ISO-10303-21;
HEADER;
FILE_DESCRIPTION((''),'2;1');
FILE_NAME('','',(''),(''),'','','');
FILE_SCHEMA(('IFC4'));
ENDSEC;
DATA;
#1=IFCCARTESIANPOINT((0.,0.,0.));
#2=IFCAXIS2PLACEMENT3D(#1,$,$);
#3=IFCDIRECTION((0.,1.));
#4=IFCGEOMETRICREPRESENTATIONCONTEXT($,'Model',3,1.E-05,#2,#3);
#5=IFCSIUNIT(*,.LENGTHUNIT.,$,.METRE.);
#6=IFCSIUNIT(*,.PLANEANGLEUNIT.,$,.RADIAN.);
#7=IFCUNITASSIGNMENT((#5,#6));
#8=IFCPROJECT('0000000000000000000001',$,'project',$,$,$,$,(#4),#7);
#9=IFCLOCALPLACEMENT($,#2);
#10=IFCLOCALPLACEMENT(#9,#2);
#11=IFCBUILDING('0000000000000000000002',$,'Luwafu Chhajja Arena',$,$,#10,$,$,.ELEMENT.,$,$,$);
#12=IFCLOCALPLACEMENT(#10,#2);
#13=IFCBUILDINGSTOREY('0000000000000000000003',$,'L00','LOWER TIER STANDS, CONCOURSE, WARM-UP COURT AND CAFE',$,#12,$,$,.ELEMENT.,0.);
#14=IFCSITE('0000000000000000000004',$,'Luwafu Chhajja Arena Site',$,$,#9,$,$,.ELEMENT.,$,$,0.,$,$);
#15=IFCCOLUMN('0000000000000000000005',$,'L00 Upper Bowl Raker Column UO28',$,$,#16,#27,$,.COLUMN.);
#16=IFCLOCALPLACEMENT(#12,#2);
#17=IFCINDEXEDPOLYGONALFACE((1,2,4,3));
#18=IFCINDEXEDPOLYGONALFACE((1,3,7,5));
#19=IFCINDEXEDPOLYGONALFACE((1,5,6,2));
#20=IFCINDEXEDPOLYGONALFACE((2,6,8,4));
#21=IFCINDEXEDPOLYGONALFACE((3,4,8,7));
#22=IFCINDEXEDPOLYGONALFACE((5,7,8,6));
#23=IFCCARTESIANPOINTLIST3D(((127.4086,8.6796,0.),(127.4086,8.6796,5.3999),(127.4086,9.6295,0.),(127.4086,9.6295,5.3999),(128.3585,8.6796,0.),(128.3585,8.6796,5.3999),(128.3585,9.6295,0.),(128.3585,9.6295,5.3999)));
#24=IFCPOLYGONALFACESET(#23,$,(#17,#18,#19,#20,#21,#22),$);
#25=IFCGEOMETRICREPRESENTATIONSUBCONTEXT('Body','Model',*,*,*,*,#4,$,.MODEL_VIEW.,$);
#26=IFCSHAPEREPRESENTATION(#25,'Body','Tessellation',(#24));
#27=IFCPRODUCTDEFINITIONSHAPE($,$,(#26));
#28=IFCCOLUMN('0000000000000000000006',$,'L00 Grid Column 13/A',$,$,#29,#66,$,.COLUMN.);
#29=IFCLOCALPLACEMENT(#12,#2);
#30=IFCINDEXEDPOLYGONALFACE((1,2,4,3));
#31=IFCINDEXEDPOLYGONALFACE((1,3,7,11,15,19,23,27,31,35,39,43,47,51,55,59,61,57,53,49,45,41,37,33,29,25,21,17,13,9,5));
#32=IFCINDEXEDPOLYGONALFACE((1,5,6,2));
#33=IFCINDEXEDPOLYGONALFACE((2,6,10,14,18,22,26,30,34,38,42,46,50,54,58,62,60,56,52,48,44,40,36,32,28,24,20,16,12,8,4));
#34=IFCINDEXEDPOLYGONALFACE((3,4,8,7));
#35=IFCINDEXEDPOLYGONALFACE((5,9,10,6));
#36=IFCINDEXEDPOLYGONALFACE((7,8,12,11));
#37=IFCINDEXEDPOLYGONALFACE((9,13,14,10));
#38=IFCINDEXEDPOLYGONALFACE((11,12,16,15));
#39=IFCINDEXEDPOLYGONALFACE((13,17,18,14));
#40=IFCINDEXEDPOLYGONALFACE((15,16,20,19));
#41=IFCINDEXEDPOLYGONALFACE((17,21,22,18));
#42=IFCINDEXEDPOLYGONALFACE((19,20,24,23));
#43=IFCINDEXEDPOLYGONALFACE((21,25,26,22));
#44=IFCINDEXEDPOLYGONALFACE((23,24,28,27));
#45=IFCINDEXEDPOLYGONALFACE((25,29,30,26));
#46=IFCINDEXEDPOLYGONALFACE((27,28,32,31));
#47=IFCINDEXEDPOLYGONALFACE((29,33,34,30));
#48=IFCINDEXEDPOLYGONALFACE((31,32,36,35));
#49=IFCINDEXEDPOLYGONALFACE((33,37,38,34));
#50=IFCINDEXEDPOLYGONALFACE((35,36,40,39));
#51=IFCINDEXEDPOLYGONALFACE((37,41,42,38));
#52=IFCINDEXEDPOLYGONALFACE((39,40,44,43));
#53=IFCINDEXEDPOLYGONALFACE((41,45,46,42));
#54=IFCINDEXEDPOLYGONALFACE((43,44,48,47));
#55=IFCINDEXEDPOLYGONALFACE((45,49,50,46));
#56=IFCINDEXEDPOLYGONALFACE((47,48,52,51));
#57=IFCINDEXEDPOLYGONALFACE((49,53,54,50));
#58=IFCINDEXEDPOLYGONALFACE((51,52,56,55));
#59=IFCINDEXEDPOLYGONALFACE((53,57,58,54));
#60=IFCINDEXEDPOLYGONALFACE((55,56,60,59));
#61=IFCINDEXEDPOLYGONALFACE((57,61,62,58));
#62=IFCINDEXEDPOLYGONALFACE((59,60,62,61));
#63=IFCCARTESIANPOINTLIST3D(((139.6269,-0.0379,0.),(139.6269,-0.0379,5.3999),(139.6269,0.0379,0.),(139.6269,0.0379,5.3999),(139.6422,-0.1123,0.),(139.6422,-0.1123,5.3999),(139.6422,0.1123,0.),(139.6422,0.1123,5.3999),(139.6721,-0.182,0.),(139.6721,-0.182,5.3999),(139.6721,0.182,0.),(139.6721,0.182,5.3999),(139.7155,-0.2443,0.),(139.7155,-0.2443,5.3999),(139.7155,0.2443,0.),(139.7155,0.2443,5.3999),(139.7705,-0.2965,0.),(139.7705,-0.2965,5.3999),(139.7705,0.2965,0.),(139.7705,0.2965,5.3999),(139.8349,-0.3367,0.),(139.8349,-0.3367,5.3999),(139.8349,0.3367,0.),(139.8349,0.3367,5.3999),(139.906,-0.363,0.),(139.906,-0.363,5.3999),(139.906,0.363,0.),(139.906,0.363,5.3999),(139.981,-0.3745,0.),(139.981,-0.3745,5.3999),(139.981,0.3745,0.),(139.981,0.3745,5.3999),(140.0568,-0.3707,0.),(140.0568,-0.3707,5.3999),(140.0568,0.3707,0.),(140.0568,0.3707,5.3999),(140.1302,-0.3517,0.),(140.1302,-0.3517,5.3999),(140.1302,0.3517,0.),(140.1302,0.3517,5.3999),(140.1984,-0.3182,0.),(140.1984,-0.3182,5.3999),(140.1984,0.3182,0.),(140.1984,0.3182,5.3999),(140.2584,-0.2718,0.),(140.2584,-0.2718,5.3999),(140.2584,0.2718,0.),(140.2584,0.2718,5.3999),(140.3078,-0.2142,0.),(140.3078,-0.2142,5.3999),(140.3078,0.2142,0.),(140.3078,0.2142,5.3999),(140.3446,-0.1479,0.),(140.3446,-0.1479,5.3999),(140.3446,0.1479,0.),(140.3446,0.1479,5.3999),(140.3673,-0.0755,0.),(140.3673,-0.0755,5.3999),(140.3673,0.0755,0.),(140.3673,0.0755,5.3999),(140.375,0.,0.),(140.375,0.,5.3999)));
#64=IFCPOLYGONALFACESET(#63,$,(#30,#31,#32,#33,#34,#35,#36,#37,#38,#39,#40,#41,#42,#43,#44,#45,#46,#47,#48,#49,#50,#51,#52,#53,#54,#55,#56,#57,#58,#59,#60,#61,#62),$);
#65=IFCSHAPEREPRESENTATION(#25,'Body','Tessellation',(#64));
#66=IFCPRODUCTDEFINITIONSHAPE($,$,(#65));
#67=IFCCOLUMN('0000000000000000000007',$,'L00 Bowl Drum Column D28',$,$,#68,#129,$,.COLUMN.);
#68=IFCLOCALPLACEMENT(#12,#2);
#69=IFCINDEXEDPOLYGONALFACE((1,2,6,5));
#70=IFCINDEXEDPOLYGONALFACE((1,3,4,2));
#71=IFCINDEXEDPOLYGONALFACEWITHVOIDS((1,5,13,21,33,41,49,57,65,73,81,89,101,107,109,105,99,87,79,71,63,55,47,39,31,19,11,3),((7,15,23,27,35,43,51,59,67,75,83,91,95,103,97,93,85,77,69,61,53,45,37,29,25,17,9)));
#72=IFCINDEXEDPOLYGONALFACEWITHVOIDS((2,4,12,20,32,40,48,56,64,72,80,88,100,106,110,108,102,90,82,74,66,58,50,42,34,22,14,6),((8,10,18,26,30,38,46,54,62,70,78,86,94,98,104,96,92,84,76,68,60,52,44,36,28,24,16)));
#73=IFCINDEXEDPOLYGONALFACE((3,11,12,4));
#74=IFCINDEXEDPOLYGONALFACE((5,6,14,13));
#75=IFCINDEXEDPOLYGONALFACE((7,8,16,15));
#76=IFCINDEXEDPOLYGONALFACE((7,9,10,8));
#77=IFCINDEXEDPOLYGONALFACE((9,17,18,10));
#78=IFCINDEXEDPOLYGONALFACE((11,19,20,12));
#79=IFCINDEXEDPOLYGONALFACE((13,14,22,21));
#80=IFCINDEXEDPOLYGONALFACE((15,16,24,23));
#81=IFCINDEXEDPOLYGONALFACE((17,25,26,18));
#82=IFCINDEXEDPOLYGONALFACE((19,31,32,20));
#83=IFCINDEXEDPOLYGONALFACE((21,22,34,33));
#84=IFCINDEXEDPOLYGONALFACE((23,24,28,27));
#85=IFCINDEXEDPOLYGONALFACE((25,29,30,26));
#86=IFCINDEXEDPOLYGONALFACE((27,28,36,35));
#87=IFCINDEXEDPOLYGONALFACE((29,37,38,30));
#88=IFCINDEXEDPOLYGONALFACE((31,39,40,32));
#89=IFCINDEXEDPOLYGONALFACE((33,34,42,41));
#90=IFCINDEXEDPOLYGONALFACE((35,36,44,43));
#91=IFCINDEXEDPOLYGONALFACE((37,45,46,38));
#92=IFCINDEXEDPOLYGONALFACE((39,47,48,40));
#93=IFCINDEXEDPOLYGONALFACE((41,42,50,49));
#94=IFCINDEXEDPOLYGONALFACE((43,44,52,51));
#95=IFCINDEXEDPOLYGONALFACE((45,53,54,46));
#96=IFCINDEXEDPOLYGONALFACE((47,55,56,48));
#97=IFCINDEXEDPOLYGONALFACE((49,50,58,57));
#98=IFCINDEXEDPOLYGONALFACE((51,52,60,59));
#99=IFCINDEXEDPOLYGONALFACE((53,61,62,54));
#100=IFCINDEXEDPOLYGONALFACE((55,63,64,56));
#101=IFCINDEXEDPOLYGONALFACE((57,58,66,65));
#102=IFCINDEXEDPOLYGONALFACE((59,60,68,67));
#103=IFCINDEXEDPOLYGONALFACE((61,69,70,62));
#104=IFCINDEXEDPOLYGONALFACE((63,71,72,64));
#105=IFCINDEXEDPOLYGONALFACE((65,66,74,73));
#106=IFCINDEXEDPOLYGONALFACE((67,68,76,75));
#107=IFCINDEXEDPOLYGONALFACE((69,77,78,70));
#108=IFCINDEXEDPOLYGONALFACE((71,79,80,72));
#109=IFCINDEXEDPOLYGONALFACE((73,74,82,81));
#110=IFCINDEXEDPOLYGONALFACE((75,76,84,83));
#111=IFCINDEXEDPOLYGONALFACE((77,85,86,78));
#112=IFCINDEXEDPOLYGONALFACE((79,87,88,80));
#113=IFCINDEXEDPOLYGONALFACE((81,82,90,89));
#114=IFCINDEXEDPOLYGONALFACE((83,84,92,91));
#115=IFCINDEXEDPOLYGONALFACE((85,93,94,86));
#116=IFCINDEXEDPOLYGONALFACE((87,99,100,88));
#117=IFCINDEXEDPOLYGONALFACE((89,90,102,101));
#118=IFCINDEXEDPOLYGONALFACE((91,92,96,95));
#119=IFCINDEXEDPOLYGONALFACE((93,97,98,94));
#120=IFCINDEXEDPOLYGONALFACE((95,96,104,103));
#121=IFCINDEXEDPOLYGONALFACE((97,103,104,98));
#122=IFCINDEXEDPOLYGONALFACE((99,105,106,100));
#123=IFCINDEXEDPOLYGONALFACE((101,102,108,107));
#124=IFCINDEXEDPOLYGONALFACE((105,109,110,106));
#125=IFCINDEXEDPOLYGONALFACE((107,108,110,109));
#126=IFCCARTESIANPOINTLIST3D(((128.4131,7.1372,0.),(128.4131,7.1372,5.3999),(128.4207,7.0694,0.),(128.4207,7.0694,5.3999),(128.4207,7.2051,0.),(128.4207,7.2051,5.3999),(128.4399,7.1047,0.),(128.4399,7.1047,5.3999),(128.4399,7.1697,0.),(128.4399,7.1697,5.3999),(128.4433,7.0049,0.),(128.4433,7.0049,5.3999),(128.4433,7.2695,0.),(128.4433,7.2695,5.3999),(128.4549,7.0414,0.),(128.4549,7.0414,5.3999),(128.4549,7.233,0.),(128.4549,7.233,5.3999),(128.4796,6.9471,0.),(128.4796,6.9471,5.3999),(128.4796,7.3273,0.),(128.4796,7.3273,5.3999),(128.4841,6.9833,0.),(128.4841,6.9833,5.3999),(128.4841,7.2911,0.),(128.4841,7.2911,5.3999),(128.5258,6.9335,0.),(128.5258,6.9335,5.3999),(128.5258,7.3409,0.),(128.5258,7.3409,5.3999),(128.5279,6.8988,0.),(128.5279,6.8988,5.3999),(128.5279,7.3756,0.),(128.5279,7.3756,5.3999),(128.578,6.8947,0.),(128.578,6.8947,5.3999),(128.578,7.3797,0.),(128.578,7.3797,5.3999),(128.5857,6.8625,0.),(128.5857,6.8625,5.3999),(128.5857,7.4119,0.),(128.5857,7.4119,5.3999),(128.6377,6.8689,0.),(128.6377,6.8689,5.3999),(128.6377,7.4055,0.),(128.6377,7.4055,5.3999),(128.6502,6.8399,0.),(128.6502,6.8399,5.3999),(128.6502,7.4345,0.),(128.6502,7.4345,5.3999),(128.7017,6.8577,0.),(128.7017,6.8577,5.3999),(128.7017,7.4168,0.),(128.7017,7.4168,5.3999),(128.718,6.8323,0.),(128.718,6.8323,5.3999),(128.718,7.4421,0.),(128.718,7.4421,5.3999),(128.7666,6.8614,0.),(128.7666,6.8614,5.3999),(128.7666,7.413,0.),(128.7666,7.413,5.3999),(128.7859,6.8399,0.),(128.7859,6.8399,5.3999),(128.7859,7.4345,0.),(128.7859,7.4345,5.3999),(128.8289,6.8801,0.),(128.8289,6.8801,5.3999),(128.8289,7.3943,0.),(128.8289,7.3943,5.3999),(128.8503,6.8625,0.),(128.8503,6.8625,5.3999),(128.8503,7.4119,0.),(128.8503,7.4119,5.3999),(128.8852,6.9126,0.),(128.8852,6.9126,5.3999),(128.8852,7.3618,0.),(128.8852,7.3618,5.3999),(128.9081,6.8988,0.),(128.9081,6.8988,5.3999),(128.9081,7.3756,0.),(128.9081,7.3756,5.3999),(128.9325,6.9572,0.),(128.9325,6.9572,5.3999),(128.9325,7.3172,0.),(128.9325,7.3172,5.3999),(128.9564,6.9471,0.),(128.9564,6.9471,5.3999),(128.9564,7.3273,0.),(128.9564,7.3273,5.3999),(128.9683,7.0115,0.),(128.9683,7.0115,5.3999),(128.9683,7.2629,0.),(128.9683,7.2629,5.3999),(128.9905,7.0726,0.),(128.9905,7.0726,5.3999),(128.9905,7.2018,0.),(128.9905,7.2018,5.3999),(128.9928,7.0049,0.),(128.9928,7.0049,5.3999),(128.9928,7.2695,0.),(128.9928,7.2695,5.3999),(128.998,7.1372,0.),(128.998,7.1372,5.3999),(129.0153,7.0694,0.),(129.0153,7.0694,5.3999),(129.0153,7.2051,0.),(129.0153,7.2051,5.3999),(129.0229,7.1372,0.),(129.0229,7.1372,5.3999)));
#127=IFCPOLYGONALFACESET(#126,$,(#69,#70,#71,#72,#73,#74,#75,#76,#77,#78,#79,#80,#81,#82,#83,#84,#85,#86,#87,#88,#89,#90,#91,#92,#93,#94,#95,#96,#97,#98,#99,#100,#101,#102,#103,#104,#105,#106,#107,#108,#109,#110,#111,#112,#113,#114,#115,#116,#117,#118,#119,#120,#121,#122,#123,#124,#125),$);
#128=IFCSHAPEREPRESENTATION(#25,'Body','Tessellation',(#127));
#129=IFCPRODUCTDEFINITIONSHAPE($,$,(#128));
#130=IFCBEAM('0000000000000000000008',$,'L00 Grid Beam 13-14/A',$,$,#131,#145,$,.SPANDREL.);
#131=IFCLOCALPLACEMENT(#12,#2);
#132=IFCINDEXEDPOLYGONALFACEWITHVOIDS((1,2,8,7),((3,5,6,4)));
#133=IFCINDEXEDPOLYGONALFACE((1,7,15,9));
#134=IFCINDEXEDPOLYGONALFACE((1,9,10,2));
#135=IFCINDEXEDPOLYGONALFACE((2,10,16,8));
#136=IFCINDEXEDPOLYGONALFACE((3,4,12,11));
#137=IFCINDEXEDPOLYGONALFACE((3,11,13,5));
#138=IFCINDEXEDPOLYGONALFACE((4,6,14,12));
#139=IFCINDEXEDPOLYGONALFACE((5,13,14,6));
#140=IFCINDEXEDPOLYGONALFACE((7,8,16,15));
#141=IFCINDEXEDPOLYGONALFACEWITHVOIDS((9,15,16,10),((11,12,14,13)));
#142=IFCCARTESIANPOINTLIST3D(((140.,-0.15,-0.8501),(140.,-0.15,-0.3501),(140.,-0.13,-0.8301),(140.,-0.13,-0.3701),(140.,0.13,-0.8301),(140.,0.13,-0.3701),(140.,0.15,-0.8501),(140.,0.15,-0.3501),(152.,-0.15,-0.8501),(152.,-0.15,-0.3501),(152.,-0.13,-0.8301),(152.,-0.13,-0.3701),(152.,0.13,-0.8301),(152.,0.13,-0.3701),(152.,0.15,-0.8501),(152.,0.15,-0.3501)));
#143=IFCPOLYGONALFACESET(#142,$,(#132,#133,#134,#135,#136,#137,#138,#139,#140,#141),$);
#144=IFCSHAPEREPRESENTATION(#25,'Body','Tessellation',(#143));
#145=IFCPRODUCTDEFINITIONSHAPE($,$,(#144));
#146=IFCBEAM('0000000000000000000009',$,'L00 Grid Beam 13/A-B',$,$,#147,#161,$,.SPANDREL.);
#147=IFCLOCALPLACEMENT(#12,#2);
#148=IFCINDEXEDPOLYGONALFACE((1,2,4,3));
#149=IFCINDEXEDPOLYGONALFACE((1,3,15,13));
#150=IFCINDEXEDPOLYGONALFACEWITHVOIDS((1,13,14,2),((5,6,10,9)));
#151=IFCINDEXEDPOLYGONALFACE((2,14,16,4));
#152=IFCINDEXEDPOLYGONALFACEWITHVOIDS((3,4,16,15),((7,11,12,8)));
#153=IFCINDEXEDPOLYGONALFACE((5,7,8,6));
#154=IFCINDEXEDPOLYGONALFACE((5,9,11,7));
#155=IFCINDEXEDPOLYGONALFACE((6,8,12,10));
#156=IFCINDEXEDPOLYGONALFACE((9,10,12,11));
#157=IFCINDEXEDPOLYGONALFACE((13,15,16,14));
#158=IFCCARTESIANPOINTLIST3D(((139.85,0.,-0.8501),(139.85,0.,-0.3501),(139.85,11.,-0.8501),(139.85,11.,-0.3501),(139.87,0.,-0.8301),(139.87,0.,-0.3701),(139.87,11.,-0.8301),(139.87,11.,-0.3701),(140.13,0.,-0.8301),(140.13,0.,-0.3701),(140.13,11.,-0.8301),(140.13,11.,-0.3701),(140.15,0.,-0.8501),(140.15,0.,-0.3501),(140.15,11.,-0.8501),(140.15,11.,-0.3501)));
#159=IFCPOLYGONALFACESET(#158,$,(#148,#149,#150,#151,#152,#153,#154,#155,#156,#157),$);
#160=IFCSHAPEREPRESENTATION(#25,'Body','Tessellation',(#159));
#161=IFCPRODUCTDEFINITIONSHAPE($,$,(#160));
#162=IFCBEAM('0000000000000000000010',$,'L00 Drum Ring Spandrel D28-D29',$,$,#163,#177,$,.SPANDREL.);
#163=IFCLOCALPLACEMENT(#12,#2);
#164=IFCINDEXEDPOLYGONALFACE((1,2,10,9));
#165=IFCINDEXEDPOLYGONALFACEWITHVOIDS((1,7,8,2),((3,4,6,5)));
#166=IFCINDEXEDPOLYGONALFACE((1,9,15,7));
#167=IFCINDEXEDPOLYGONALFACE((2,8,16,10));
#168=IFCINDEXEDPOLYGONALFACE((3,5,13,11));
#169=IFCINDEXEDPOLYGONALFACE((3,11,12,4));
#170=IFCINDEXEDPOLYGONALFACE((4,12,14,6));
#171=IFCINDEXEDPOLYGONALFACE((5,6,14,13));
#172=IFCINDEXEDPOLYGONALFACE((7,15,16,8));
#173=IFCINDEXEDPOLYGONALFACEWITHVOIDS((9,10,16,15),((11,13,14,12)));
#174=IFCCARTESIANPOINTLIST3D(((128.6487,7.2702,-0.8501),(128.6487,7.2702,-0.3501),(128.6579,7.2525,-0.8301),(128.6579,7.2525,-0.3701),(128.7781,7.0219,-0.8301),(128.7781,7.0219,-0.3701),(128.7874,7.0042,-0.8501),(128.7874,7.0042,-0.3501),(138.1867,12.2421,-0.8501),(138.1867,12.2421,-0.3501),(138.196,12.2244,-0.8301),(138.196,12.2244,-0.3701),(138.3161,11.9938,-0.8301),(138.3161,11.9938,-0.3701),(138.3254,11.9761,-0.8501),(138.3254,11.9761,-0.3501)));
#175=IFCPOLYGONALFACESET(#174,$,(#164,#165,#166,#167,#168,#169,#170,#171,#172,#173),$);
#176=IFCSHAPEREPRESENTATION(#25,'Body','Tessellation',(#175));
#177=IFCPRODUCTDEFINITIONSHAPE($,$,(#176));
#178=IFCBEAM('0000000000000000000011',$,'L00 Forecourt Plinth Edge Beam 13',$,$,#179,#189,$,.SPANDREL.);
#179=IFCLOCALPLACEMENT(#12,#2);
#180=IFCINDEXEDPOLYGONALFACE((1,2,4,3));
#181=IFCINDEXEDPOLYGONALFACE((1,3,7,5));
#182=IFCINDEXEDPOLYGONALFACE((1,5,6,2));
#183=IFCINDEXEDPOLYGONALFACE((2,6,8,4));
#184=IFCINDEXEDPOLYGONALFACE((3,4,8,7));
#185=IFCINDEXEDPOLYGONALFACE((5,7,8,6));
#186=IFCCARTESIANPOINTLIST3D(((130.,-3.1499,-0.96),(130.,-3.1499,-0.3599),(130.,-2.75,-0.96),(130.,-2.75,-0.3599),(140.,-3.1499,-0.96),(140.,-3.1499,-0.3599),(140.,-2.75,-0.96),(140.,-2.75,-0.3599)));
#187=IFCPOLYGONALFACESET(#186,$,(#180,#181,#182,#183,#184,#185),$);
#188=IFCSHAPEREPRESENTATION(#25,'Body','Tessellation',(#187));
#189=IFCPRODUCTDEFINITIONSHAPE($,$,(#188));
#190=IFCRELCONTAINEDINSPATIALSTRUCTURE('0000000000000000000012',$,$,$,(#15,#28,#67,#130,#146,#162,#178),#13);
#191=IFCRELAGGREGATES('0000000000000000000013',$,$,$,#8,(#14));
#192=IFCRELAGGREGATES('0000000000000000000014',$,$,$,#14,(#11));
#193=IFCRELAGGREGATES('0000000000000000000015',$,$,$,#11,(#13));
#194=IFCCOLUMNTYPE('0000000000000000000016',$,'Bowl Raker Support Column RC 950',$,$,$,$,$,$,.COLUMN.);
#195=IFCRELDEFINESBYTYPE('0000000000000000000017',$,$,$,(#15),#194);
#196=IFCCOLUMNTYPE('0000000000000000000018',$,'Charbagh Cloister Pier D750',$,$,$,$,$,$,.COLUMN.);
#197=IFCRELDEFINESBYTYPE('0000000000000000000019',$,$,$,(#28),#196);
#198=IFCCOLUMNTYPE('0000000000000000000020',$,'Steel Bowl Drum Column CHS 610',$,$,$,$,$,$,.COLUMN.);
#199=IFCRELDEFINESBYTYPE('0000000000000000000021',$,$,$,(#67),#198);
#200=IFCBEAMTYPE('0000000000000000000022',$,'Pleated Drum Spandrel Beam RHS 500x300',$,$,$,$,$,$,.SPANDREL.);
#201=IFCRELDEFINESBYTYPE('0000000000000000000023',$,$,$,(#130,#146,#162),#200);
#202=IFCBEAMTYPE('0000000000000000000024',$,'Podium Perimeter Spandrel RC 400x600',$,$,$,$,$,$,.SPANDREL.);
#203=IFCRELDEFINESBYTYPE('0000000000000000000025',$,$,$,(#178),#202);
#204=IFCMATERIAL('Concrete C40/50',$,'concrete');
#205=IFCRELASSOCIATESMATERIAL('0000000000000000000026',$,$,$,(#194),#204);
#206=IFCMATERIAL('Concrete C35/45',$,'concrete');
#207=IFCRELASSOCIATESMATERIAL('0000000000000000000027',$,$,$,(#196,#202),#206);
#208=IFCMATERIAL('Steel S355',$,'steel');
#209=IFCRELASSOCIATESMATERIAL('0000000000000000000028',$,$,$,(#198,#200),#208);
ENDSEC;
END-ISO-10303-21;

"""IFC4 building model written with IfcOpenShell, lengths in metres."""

from ifc_helpers import new_model, si_unit, direction, frame, origin, origin_2d, place, context, subcontext, project, spatial, rectangle, hollow_rectangle, circle, hollow_circle, extrude, material, material_profile, profile_set, type_object, element, save


model = new_model("IFC4")

# Units and contexts
model_context = context("Model", 3, precision=1e-05, world=origin(), true_north=direction((0.0, 1.0)))
body_context = subcontext(model_context, "Body", "Model", "MODEL_VIEW")
ifc_project = project(units=[si_unit("LENGTHUNIT", "METRE"), si_unit("PLANEANGLEUNIT", "RADIAN")], contexts=[model_context])

# Site, building, storey
site_placement = place(None, origin())
site = spatial("IfcSite", under=ifc_project, at=site_placement, Name="Luwafu Chhajja Arena Site", CompositionType="ELEMENT", RefElevation=0.0)
building_placement = place(site_placement, origin())
building = spatial("IfcBuilding", under=site, at=building_placement, Name="Luwafu Chhajja Arena", CompositionType="ELEMENT")
storey_placement = place(building_placement, origin())
storey = spatial("IfcBuildingStorey", under=building, at=storey_placement, Name="L00", Description="LOWER TIER STANDS, CONCOURSE, WARM-UP COURT AND CAFE", CompositionType="ELEMENT", Elevation=0.0)

# Columns
ifc_material_1 = material(Name="Concrete C40/50", Category="concrete")
ifc_material_profile_1 = material_profile(ifc_material_1, rectangle(XDim=0.95, YDim=0.95, at=origin_2d()), Name="RC 950x950")
ifc_profile_set_1 = profile_set([ifc_material_profile_1], Name="Concrete C40/50")
column_type_1 = type_object("IfcColumnType", Name="Bowl Raker Support Column RC 950", PredefinedType="COLUMN", material=ifc_profile_set_1)
column_1_placement = place(storey_placement, frame((127.8835, 9.1545, 0.0), z_axis=(0.0, 0.0, 1.0), x_axis=(1.0, 0.0, 0.0)))
element("IfcColumn", 1, at=column_1_placement, inside=storey, type_object=column_type_1, Name="L00 Upper Bowl Raker Column UO28", PredefinedType="COLUMN", context=body_context, shape_type="SweptSolid", body=[
    extrude(rectangle(XDim=0.95, YDim=0.95, at=origin_2d()), origin(), (0.0, 0.0, 1.0), 5.3999),
])
ifc_material_2 = material(Name="Concrete C35/45", Category="concrete")
ifc_material_profile_2 = material_profile(ifc_material_2, circle(Radius=0.375, at=origin_2d()), Name="RC COL D750")
ifc_profile_set_2 = profile_set([ifc_material_profile_2], Name="Concrete C35/45")
column_type_2 = type_object("IfcColumnType", Name="Charbagh Cloister Pier D750", PredefinedType="COLUMN", material=ifc_profile_set_2)
column_2_placement = place(storey_placement, frame((140.0, 0.0, 0.0), z_axis=(0.0, 0.0, 1.0), x_axis=(1.0, 0.0, 0.0)))
element("IfcColumn", 2, at=column_2_placement, inside=storey, type_object=column_type_2, Name="L00 Grid Column 13/A", PredefinedType="COLUMN", context=body_context, shape_type="SweptSolid", body=[
    extrude(circle(Radius=0.375, at=origin_2d()), origin(), (0.0, 0.0, 1.0), 5.3999),
])
ifc_material_3 = material(Name="Steel S355", Category="steel")
ifc_material_profile_3 = material_profile(ifc_material_3, hollow_circle(Radius=0.3049, WallThickness=0.0249, at=origin_2d()), Name="CHS 610x25")
ifc_profile_set_3 = profile_set([ifc_material_profile_3], Name="Steel S355")
column_type_3 = type_object("IfcColumnType", Name="Steel Bowl Drum Column CHS 610", PredefinedType="COLUMN", material=ifc_profile_set_3)
column_3_placement = place(storey_placement, frame((128.718, 7.1372, 0.0), z_axis=(0.0, 0.0, 1.0), x_axis=(1.0, 0.0, 0.0)))
element("IfcColumn", 3, at=column_3_placement, inside=storey, type_object=column_type_3, Name="L00 Bowl Drum Column D28", PredefinedType="COLUMN", context=body_context, shape_type="SweptSolid", body=[
    extrude(hollow_circle(Radius=0.3049, WallThickness=0.0249, at=origin_2d()), origin(), (0.0, 0.0, 1.0), 5.3999),
])

# Beams
ifc_material_profile_4 = material_profile(ifc_material_3, hollow_rectangle(XDim=0.3, YDim=0.5, WallThickness=0.02, at=origin_2d()), Name="RHS 500x300x20")
ifc_profile_set_4 = profile_set([ifc_material_profile_4], Name="Steel S355")
beam_type_1 = type_object("IfcBeamType", Name="Pleated Drum Spandrel Beam RHS 500x300", PredefinedType="SPANDREL", material=ifc_profile_set_4)
beam_1_placement = place(storey_placement, frame((140.0, 0.0, -0.6001), z_axis=(1.0, 0.0, 0.0), x_axis=(0.0, 1.0, 0.0)))
element("IfcBeam", 4, at=beam_1_placement, inside=storey, type_object=beam_type_1, Name="L00 Grid Beam 13-14/A", PredefinedType="SPANDREL", context=body_context, shape_type="SweptSolid", body=[
    extrude(hollow_rectangle(XDim=0.3, YDim=0.5, WallThickness=0.02, at=origin_2d()), origin(), (0.0, 0.0, 1.0), 12.0),
])
beam_2_placement = place(storey_placement, frame((140.0, 0.0, -0.6001), z_axis=(0.0, 1.0, 0.0), x_axis=(-1.0, 0.0, 0.0)))
element("IfcBeam", 5, at=beam_2_placement, inside=storey, type_object=beam_type_1, Name="L00 Grid Beam 13/A-B", PredefinedType="SPANDREL", context=body_context, shape_type="SweptSolid", body=[
    extrude(hollow_rectangle(XDim=0.3, YDim=0.5, WallThickness=0.02, at=origin_2d()), origin(), (0.0, 0.0, 1.0), 11.0),
])
beam_3_placement = place(storey_placement, frame((128.718, 7.1372, -0.6001), z_axis=(0.886755, 0.462239, 0.0), x_axis=(-0.462239, 0.886755, 0.0)))
element("IfcBeam", 6, at=beam_3_placement, inside=storey, type_object=beam_type_1, Name="L00 Drum Ring Spandrel D28-D29", PredefinedType="SPANDREL", context=body_context, shape_type="SweptSolid", body=[
    extrude(hollow_rectangle(XDim=0.3, YDim=0.5, WallThickness=0.02, at=origin_2d()), origin(), (0.0, 0.0, 1.0), 10.7561),
])
ifc_material_profile_5 = material_profile(ifc_material_2, rectangle(XDim=0.3999, YDim=0.6001, at=origin_2d()), Name="RC 400x600")
ifc_profile_set_5 = profile_set([ifc_material_profile_5], Name="Concrete C35/45")
beam_type_2 = type_object("IfcBeamType", Name="Podium Perimeter Spandrel RC 400x600", PredefinedType="SPANDREL", material=ifc_profile_set_5)
beam_4_placement = place(storey_placement, frame((130.0, -2.95, -0.6599), z_axis=(1.0, 0.0, 0.0), x_axis=(0.0, 1.0, 0.0)))
element("IfcBeam", 7, at=beam_4_placement, inside=storey, type_object=beam_type_2, Name="L00 Forecourt Plinth Edge Beam 13", PredefinedType="SPANDREL", context=body_context, shape_type="SweptSolid", body=[
    extrude(rectangle(XDim=0.3999, YDim=0.6001, at=origin_2d()), origin(), (0.0, 0.0, 1.0), 10.0),
])

save(model, "model.ifc")
